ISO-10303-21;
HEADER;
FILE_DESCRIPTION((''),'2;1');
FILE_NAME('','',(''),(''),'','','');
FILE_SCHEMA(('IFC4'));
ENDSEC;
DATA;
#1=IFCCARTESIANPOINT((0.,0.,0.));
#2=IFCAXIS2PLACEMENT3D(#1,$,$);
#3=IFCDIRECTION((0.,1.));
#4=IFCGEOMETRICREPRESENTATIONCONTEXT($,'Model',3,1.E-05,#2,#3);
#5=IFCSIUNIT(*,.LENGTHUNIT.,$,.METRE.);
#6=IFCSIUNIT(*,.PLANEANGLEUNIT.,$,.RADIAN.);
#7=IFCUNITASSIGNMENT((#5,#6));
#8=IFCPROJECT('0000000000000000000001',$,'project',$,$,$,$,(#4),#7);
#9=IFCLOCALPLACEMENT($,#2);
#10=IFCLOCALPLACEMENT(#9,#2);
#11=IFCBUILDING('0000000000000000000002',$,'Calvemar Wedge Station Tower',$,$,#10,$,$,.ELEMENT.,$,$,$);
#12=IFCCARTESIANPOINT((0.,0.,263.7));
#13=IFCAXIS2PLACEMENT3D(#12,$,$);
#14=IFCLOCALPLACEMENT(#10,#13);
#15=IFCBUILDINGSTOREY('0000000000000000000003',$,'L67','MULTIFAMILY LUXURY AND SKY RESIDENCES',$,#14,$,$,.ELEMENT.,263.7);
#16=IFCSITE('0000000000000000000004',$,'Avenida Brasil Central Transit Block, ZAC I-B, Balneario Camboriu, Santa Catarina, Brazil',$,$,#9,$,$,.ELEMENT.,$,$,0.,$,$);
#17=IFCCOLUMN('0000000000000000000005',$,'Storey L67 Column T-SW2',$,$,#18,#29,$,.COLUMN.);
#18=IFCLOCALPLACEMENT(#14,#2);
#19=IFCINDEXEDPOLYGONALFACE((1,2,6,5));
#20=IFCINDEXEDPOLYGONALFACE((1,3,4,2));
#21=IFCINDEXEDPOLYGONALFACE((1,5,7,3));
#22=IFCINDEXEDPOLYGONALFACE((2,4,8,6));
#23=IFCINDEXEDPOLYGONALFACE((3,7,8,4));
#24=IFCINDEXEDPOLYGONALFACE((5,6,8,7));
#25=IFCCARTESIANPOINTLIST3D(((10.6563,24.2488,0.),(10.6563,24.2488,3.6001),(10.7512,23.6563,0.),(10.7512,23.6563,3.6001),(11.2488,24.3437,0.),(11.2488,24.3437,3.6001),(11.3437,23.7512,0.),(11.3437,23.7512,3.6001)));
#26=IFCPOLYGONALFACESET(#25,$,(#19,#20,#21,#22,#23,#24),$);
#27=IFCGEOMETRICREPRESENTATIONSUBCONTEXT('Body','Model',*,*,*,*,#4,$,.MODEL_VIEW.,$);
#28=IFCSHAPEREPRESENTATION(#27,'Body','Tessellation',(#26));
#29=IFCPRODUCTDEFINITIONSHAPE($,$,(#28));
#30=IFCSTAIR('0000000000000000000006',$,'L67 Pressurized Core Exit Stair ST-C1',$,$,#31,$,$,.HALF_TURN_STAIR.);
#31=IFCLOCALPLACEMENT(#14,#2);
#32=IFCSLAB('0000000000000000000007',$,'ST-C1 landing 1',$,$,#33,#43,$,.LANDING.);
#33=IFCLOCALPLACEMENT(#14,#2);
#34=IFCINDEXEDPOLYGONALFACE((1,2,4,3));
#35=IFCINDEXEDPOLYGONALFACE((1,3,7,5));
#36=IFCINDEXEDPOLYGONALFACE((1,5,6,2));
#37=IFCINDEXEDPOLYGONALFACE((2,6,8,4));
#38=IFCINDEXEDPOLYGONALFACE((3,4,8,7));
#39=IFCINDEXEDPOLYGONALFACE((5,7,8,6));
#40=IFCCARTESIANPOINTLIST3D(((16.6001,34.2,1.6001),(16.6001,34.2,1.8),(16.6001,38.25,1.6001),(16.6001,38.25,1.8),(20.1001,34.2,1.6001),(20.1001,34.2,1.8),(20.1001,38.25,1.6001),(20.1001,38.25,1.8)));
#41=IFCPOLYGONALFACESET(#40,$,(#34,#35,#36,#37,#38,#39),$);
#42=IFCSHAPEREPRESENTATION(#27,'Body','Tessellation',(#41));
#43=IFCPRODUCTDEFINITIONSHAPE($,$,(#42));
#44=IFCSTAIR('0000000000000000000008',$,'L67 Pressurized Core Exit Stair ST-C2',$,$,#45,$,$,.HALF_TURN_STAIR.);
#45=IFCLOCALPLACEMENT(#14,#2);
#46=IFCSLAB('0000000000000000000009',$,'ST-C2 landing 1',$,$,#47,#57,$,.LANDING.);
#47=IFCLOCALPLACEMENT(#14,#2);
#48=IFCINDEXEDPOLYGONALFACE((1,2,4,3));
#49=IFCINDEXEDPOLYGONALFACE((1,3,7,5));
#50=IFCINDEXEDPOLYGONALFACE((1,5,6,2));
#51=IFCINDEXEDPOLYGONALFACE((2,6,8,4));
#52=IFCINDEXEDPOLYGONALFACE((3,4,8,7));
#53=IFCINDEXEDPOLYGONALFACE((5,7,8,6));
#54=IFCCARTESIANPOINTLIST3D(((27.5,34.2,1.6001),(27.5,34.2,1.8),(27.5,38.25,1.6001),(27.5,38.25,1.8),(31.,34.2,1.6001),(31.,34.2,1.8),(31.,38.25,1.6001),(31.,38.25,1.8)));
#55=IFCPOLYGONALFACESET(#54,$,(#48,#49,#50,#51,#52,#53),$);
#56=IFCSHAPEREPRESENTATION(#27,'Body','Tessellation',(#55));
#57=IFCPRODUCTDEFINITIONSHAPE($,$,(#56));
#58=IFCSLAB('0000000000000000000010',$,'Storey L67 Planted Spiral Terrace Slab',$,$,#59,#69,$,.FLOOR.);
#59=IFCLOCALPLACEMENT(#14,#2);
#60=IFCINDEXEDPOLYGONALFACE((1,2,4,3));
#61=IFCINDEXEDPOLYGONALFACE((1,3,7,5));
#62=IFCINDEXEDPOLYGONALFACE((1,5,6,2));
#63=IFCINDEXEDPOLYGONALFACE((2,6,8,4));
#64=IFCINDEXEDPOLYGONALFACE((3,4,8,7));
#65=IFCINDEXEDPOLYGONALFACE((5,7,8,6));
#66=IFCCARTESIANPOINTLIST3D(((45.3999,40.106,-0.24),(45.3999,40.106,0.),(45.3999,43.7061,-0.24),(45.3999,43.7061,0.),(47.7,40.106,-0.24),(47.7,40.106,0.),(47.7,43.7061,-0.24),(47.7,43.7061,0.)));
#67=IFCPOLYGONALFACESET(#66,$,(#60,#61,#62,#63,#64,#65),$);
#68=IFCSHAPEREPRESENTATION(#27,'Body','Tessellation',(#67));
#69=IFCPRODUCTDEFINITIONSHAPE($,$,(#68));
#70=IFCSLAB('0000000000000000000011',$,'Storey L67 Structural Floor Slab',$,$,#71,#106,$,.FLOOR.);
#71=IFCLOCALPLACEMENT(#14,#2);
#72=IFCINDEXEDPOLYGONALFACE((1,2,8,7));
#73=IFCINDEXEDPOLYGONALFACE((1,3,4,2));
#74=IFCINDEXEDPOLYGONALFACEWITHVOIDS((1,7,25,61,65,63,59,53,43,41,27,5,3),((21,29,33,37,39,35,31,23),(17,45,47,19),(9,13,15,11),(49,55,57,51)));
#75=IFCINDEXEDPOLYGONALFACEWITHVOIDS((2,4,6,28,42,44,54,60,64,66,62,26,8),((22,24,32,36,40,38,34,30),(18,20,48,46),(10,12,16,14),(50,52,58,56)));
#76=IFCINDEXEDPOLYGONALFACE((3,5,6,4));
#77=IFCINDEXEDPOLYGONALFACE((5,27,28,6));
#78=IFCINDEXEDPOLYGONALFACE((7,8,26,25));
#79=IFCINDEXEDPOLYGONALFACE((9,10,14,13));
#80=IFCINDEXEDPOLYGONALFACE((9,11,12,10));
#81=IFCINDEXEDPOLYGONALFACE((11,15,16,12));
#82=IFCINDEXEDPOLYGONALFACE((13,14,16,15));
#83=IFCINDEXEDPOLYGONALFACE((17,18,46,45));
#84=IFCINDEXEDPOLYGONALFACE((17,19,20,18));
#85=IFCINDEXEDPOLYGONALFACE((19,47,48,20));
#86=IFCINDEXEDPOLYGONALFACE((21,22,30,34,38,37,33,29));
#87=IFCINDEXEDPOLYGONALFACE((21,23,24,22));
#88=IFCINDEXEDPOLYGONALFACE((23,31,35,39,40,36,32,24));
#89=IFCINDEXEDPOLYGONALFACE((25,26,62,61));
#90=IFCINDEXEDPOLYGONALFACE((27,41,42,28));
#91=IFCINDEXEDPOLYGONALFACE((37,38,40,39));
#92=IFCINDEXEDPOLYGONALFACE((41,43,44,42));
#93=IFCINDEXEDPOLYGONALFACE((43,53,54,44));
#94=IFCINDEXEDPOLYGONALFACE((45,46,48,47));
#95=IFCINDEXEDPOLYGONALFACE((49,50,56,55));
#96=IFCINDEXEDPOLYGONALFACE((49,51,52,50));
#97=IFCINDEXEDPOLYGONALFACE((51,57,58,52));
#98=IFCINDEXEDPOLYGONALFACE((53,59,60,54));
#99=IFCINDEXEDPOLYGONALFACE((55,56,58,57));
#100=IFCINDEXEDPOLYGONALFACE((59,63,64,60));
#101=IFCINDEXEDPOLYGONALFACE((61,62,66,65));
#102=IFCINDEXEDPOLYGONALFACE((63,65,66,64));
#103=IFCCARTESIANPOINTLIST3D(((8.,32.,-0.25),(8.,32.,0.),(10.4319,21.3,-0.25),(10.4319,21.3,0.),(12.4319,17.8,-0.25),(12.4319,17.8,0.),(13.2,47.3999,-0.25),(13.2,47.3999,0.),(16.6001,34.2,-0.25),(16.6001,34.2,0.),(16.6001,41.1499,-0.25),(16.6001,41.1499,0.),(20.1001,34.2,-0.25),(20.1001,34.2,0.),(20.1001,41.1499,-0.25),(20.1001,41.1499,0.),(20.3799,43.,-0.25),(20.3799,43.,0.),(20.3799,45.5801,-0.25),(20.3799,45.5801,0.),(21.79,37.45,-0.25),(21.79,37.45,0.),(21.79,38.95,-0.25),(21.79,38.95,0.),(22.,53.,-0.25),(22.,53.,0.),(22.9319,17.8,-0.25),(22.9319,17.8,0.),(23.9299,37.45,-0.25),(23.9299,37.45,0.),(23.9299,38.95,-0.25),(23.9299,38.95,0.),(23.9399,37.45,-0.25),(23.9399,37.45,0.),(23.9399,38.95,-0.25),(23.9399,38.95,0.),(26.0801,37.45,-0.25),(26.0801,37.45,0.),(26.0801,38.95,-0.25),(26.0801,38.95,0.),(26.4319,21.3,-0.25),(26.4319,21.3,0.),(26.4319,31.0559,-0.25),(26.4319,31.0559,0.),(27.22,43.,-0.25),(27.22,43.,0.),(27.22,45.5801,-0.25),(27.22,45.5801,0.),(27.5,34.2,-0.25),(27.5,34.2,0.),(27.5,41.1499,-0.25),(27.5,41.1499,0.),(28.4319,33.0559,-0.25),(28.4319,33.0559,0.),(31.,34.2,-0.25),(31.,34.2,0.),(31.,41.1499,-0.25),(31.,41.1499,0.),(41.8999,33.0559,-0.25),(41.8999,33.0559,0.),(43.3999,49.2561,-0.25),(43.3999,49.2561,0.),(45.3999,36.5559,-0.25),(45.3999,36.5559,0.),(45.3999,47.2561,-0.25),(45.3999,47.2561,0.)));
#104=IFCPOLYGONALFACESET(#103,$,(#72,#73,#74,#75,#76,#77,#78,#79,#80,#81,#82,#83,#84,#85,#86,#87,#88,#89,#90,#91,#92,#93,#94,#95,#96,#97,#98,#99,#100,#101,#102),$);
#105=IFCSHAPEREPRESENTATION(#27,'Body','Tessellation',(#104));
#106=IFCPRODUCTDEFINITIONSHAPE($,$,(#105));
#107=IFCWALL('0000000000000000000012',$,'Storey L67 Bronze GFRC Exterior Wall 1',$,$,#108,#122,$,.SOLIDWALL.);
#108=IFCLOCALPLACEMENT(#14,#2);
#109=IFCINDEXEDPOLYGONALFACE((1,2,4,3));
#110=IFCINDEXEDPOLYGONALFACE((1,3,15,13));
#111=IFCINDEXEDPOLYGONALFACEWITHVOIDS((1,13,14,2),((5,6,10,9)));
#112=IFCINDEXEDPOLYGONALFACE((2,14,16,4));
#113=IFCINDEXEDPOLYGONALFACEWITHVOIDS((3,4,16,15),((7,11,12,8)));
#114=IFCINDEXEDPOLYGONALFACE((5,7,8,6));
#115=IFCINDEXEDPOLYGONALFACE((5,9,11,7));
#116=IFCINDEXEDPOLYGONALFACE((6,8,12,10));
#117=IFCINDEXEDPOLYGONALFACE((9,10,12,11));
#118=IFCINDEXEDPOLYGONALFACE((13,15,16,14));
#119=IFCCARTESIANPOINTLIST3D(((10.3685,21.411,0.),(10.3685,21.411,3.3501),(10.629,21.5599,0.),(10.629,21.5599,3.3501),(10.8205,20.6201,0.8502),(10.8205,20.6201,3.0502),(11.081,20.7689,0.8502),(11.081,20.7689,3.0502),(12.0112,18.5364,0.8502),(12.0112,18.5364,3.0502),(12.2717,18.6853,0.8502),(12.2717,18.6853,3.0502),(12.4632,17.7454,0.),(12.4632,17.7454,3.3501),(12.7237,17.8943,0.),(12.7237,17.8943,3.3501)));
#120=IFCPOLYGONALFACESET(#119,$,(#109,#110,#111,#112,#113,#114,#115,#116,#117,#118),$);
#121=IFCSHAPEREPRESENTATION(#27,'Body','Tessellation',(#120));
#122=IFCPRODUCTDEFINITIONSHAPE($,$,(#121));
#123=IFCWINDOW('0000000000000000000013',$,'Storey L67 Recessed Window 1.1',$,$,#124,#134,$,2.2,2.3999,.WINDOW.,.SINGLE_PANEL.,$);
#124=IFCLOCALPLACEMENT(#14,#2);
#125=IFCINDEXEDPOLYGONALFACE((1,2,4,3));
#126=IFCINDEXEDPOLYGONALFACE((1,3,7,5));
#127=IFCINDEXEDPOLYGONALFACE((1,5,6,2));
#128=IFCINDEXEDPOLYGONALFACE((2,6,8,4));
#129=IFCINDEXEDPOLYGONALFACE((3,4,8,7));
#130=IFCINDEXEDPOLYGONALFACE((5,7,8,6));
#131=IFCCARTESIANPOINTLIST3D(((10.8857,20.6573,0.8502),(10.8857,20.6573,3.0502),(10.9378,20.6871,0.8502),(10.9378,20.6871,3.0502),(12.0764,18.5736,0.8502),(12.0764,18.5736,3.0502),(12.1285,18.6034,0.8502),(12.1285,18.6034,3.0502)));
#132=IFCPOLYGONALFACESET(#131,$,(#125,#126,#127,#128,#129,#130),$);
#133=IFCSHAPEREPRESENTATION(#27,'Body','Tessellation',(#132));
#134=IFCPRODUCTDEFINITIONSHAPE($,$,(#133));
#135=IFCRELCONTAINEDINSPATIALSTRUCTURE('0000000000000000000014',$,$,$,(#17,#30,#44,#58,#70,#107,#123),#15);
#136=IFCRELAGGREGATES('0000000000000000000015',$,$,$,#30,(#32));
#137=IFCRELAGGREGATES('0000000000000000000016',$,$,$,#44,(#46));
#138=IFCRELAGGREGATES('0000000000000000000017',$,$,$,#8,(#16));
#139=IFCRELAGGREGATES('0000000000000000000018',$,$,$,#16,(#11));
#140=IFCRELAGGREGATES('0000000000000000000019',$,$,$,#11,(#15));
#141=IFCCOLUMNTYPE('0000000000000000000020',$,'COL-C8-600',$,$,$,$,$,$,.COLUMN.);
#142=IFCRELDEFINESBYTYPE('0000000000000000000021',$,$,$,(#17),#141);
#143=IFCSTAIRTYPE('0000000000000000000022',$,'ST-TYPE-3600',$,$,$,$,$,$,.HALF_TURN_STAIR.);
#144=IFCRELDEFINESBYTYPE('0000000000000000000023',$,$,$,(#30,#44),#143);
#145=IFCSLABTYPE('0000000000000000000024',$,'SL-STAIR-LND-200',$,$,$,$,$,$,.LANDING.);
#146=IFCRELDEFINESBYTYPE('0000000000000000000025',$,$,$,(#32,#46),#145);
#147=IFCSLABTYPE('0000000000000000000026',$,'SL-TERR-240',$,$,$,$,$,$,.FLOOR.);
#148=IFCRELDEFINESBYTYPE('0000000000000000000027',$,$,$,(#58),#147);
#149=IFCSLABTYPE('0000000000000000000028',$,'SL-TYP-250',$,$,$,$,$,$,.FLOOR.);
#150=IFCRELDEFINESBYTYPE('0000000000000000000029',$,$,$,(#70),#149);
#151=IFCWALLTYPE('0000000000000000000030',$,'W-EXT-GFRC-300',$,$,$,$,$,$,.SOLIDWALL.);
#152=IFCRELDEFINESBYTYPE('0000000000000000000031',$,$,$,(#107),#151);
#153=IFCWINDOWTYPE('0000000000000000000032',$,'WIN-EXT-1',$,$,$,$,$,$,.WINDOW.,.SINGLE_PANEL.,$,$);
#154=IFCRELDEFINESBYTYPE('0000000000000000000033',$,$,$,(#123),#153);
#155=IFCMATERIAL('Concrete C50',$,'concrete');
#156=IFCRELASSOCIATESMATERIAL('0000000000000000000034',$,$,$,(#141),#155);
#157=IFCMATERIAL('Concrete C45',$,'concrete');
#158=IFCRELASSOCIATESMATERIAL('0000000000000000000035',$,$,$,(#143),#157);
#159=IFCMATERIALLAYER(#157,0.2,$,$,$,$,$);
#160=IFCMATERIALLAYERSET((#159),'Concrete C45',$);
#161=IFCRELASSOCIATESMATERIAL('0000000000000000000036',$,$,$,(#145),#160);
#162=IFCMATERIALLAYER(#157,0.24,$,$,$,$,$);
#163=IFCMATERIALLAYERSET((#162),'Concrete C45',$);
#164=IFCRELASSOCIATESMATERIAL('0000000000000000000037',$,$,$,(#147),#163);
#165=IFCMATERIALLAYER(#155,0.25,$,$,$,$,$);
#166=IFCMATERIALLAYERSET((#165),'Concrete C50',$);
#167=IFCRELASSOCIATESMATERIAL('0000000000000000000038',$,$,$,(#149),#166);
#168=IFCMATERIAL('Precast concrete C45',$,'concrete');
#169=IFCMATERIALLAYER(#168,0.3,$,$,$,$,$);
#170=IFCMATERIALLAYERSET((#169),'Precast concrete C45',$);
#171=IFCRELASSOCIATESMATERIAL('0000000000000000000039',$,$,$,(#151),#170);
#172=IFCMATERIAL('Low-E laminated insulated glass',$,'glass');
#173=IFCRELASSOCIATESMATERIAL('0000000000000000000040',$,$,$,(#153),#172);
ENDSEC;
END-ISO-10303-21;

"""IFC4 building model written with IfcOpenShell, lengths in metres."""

from ifc_helpers import new_model, si_unit, direction, frame, frame_2d, origin, origin_2d, place, context, subcontext, project, spatial, polyline, rectangle, outline, extrude, source, transform, mapped, material, layer, layer_set, material_profile, profile_set, type_object, element, fill, aggregate, save


model = new_model("IFC4")

# Units and contexts
model_context = context("Model", 3, precision=1e-05, world=origin(), true_north=direction((0.0, 1.0)))
body_context = subcontext(model_context, "Body", "Model", "MODEL_VIEW")
ifc_project = project(units=[si_unit("LENGTHUNIT", "METRE"), si_unit("PLANEANGLEUNIT", "RADIAN")], contexts=[model_context])

# Site, building, storey
site_placement = place(None, origin())
site = spatial("IfcSite", under=ifc_project, at=site_placement, Name="Avenida Brasil Central Transit Block, ZAC I-B, Balneario Camboriu, Santa Catarina, Brazil", CompositionType="ELEMENT", RefElevation=0.0)
building_placement = place(site_placement, origin())
building = spatial("IfcBuilding", under=site, at=building_placement, Name="Calvemar Wedge Station Tower", CompositionType="ELEMENT")
storey_placement = place(building_placement, frame((0.0, 0.0, 263.7)))
storey = spatial("IfcBuildingStorey", under=building, at=storey_placement, Name="L67", Description="MULTIFAMILY LUXURY AND SKY RESIDENCES", CompositionType="ELEMENT", Elevation=263.7)

# Column
ifc_material_1 = material(Name="Concrete C50", Category="concrete")
ifc_material_profile = material_profile(ifc_material_1, rectangle(XDim=0.6001, YDim=0.6001, at=origin_2d()), Name="RC600x600")
ifc_profile_set = profile_set([ifc_material_profile], Name="Concrete C50")
column_type = type_object("IfcColumnType", Name="COL-C8-600", PredefinedType="COLUMN", material=ifc_profile_set)
shared_shape_1 = source(origin(), body_context, "Body", "SweptSolid", [
    extrude(rectangle(XDim=0.6001, YDim=0.6001, at=origin_2d()), origin(), (0.0, 0.0, 1.0), 3.6001),
])
column_placement = place(storey_placement, frame((11.0, 24.0, 0.0), z_axis=(0.0, 0.0, 1.0), x_axis=(0.158158, -0.987414, 0.0)))
element("IfcColumn", 1, at=column_placement, inside=storey, type_object=column_type, Name="Storey L67 Column T-SW2", PredefinedType="COLUMN", context=body_context, shape_type="MappedRepresentation", body=[
    mapped(shared_shape_1, transform((0.0, 0.0, 0.0), scale=1.0)),
])

# Stairs, slabs
ifc_material_2 = material(Name="Concrete C45", Category="concrete")
stair_type = type_object("IfcStairType", Name="ST-TYPE-3600", PredefinedType="HALF_TURN_STAIR", material=ifc_material_2)
stair_1_placement = place(storey_placement, origin())
stair_1 = element("IfcStair", 2, at=stair_1_placement, inside=storey, type_object=stair_type, Name="L67 Pressurized Core Exit Stair ST-C1", PredefinedType="HALF_TURN_STAIR")
ifc_layer_1 = layer(ifc_material_2, 0.2)
ifc_layer_set_1 = layer_set([ifc_layer_1], Name="Concrete C45")
slab_type_1 = type_object("IfcSlabType", Name="SL-STAIR-LND-200", PredefinedType="LANDING", material=ifc_layer_set_1)
slab_1_placement = place(storey_placement, frame((0.0, 0.0, 1.6001)))
slab_1 = element("IfcSlab", 3, at=slab_1_placement, type_object=slab_type_1, Name="ST-C1 landing 1", PredefinedType="LANDING", context=body_context, shape_type="SweptSolid", body=[
    extrude(outline(polyline([(16.6001, 38.25), (16.6001, 34.2), (20.1001, 34.2), (20.1001, 38.25), (16.6001, 38.25)])), origin(), (0.0, 0.0, 1.0), 0.2),
])
aggregate(stair_1, [slab_1])
stair_2_placement = place(storey_placement, origin())
stair_2 = element("IfcStair", 4, at=stair_2_placement, inside=storey, type_object=stair_type, Name="L67 Pressurized Core Exit Stair ST-C2", PredefinedType="HALF_TURN_STAIR")
slab_2_placement = place(storey_placement, frame((0.0, 0.0, 1.6001)))
slab_2 = element("IfcSlab", 5, at=slab_2_placement, type_object=slab_type_1, Name="ST-C2 landing 1", PredefinedType="LANDING", context=body_context, shape_type="SweptSolid", body=[
    extrude(outline(polyline([(27.5, 38.25), (27.5, 34.2), (31.0, 34.2), (31.0, 38.25), (27.5, 38.25)])), origin(), (0.0, 0.0, 1.0), 0.2),
])
aggregate(stair_2, [slab_2])

# Slabs
ifc_layer_2 = layer(ifc_material_2, 0.24)
ifc_layer_set_2 = layer_set([ifc_layer_2], Name="Concrete C45")
slab_type_2 = type_object("IfcSlabType", Name="SL-TERR-240", PredefinedType="FLOOR", material=ifc_layer_set_2)
slab_3_placement = place(storey_placement, frame((0.0, 0.0, -0.24)))
element("IfcSlab", 6, at=slab_3_placement, inside=storey, type_object=slab_type_2, Name="Storey L67 Planted Spiral Terrace Slab", PredefinedType="FLOOR", context=body_context, shape_type="SweptSolid", body=[
    extrude(outline(polyline([(45.3999, 40.106), (47.7, 40.106), (47.7, 43.7061), (45.3999, 43.7061), (45.3999, 40.106)])), origin(), (0.0, 0.0, 1.0), 0.24),
])
ifc_layer_3 = layer(ifc_material_1, 0.25)
ifc_layer_set_3 = layer_set([ifc_layer_3], Name="Concrete C50")
slab_type_3 = type_object("IfcSlabType", Name="SL-TYP-250", PredefinedType="FLOOR", material=ifc_layer_set_3)
slab_4_placement = place(storey_placement, frame((0.0, 0.0, -0.25)))
element("IfcSlab", 7, at=slab_4_placement, inside=storey, type_object=slab_type_3, Name="Storey L67 Structural Floor Slab", PredefinedType="FLOOR", context=body_context, shape_type="SweptSolid", body=[
    extrude(outline(polyline([(8.0, 32.0), (10.4319, 21.3), (12.4319, 17.8), (22.9319, 17.8), (26.4319, 21.3), (26.4319, 31.0559), (28.4319, 33.0559), (41.8999, 33.0559), (45.3999, 36.5559), (45.3999, 47.2561), (43.3999, 49.2561), (22.0, 53.0), (13.2, 47.3999), (8.0, 32.0)]), holes=[polyline([(20.1001, 34.2), (20.1001, 41.1499), (16.6001, 41.1499), (16.6001, 34.2), (20.1001, 34.2)]), polyline([(31.0, 34.2), (31.0, 41.1499), (27.5, 41.1499), (27.5, 34.2), (31.0, 34.2)]), polyline([(23.9299, 38.95), (21.79, 38.95), (21.79, 37.45), (23.9299, 37.45), (23.9399, 37.45), (26.0801, 37.45), (26.0801, 38.95), (23.9399, 38.95), (23.9299, 38.95)]), polyline([(27.22, 43.0), (27.22, 45.5801), (20.3799, 45.5801), (20.3799, 43.0), (27.22, 43.0)])]), origin(), (0.0, 0.0, 1.0), 0.25),
])

# Wall, opening, window
ifc_material_3 = material(Name="Precast concrete C45", Category="concrete")
ifc_layer_4 = layer(ifc_material_3, 0.3)
ifc_layer_set_4 = layer_set([ifc_layer_4], Name="Precast concrete C45")
wall_type_1 = type_object("IfcWallType", Name="W-EXT-GFRC-300", PredefinedType="SOLIDWALL", material=ifc_layer_set_4)
wall_1_placement = place(storey_placement, frame((10.4988, 21.4854, 0.0), z_axis=(0.0, 0.0, 1.0), x_axis=(0.496164, -0.868229, 0.0)))
wall_1 = element("IfcWall", 8, at=wall_1_placement, inside=storey, type_object=wall_type_1, Name="Storey L67 Bronze GFRC Exterior Wall 1", PredefinedType="SOLIDWALL", context=body_context, shape_type="SweptSolid", body=[
    extrude(rectangle(XDim=4.2219, YDim=0.3, at=frame_2d((2.1108, 0.0))), origin(), (0.0, 0.0, 1.0), 3.3501),
])
shared_shape_2 = source(origin(), body_context, "Body", "SweptSolid", [
    extrude(rectangle(XDim=2.3999, YDim=2.2, at=frame_2d((1.2, 1.1001))), frame((0.0, 0.1602, 0.0), z_axis=(0.0, -1.0, 0.0), x_axis=(1.0, 0.0, 0.0)), (0.0, 0.0, 1.0), 0.3201),
])
opening_1_placement = place(wall_1_placement, frame((0.9109, 0.0, 0.8501)))
opening_1 = element("IfcOpeningElement", 9, at=opening_1_placement, cuts=wall_1, PredefinedType="OPENING", context=body_context, shape_type="MappedRepresentation", body=[
    mapped(shared_shape_2, transform((0.0, 0.0, 0.0), scale=1.0)),
])
ifc_material_4 = material(Name="Low-E laminated insulated glass", Category="glass")
window_type_1 = type_object("IfcWindowType", Name="WIN-EXT-1", PartitioningType="SINGLE_PANEL", PredefinedType="WINDOW", material=ifc_material_4)
shared_shape_3 = source(origin(), body_context, "Body", "SweptSolid", [
    extrude(rectangle(XDim=2.3999, YDim=2.2, at=frame_2d((1.2, 1.1001))), frame((0.0, -0.0149, 0.0), z_axis=(0.0, -1.0, 0.0), x_axis=(1.0, 0.0, 0.0)), (0.0, 0.0, 1.0), 0.0601),
])
window_1_placement = place(opening_1_placement, origin())
window_1 = element("IfcWindow", 10, at=window_1_placement, inside=storey, type_object=window_type_1, Name="Storey L67 Recessed Window 1.1", OverallHeight=2.2, OverallWidth=2.3999, PartitioningType="SINGLE_PANEL", PredefinedType="WINDOW", context=body_context, shape_type="MappedRepresentation", body=[
    mapped(shared_shape_3, transform((0.0, 0.0, 0.0), scale=1.0)),
])
fill(opening_1, window_1)

save(model, "model.ifc")
